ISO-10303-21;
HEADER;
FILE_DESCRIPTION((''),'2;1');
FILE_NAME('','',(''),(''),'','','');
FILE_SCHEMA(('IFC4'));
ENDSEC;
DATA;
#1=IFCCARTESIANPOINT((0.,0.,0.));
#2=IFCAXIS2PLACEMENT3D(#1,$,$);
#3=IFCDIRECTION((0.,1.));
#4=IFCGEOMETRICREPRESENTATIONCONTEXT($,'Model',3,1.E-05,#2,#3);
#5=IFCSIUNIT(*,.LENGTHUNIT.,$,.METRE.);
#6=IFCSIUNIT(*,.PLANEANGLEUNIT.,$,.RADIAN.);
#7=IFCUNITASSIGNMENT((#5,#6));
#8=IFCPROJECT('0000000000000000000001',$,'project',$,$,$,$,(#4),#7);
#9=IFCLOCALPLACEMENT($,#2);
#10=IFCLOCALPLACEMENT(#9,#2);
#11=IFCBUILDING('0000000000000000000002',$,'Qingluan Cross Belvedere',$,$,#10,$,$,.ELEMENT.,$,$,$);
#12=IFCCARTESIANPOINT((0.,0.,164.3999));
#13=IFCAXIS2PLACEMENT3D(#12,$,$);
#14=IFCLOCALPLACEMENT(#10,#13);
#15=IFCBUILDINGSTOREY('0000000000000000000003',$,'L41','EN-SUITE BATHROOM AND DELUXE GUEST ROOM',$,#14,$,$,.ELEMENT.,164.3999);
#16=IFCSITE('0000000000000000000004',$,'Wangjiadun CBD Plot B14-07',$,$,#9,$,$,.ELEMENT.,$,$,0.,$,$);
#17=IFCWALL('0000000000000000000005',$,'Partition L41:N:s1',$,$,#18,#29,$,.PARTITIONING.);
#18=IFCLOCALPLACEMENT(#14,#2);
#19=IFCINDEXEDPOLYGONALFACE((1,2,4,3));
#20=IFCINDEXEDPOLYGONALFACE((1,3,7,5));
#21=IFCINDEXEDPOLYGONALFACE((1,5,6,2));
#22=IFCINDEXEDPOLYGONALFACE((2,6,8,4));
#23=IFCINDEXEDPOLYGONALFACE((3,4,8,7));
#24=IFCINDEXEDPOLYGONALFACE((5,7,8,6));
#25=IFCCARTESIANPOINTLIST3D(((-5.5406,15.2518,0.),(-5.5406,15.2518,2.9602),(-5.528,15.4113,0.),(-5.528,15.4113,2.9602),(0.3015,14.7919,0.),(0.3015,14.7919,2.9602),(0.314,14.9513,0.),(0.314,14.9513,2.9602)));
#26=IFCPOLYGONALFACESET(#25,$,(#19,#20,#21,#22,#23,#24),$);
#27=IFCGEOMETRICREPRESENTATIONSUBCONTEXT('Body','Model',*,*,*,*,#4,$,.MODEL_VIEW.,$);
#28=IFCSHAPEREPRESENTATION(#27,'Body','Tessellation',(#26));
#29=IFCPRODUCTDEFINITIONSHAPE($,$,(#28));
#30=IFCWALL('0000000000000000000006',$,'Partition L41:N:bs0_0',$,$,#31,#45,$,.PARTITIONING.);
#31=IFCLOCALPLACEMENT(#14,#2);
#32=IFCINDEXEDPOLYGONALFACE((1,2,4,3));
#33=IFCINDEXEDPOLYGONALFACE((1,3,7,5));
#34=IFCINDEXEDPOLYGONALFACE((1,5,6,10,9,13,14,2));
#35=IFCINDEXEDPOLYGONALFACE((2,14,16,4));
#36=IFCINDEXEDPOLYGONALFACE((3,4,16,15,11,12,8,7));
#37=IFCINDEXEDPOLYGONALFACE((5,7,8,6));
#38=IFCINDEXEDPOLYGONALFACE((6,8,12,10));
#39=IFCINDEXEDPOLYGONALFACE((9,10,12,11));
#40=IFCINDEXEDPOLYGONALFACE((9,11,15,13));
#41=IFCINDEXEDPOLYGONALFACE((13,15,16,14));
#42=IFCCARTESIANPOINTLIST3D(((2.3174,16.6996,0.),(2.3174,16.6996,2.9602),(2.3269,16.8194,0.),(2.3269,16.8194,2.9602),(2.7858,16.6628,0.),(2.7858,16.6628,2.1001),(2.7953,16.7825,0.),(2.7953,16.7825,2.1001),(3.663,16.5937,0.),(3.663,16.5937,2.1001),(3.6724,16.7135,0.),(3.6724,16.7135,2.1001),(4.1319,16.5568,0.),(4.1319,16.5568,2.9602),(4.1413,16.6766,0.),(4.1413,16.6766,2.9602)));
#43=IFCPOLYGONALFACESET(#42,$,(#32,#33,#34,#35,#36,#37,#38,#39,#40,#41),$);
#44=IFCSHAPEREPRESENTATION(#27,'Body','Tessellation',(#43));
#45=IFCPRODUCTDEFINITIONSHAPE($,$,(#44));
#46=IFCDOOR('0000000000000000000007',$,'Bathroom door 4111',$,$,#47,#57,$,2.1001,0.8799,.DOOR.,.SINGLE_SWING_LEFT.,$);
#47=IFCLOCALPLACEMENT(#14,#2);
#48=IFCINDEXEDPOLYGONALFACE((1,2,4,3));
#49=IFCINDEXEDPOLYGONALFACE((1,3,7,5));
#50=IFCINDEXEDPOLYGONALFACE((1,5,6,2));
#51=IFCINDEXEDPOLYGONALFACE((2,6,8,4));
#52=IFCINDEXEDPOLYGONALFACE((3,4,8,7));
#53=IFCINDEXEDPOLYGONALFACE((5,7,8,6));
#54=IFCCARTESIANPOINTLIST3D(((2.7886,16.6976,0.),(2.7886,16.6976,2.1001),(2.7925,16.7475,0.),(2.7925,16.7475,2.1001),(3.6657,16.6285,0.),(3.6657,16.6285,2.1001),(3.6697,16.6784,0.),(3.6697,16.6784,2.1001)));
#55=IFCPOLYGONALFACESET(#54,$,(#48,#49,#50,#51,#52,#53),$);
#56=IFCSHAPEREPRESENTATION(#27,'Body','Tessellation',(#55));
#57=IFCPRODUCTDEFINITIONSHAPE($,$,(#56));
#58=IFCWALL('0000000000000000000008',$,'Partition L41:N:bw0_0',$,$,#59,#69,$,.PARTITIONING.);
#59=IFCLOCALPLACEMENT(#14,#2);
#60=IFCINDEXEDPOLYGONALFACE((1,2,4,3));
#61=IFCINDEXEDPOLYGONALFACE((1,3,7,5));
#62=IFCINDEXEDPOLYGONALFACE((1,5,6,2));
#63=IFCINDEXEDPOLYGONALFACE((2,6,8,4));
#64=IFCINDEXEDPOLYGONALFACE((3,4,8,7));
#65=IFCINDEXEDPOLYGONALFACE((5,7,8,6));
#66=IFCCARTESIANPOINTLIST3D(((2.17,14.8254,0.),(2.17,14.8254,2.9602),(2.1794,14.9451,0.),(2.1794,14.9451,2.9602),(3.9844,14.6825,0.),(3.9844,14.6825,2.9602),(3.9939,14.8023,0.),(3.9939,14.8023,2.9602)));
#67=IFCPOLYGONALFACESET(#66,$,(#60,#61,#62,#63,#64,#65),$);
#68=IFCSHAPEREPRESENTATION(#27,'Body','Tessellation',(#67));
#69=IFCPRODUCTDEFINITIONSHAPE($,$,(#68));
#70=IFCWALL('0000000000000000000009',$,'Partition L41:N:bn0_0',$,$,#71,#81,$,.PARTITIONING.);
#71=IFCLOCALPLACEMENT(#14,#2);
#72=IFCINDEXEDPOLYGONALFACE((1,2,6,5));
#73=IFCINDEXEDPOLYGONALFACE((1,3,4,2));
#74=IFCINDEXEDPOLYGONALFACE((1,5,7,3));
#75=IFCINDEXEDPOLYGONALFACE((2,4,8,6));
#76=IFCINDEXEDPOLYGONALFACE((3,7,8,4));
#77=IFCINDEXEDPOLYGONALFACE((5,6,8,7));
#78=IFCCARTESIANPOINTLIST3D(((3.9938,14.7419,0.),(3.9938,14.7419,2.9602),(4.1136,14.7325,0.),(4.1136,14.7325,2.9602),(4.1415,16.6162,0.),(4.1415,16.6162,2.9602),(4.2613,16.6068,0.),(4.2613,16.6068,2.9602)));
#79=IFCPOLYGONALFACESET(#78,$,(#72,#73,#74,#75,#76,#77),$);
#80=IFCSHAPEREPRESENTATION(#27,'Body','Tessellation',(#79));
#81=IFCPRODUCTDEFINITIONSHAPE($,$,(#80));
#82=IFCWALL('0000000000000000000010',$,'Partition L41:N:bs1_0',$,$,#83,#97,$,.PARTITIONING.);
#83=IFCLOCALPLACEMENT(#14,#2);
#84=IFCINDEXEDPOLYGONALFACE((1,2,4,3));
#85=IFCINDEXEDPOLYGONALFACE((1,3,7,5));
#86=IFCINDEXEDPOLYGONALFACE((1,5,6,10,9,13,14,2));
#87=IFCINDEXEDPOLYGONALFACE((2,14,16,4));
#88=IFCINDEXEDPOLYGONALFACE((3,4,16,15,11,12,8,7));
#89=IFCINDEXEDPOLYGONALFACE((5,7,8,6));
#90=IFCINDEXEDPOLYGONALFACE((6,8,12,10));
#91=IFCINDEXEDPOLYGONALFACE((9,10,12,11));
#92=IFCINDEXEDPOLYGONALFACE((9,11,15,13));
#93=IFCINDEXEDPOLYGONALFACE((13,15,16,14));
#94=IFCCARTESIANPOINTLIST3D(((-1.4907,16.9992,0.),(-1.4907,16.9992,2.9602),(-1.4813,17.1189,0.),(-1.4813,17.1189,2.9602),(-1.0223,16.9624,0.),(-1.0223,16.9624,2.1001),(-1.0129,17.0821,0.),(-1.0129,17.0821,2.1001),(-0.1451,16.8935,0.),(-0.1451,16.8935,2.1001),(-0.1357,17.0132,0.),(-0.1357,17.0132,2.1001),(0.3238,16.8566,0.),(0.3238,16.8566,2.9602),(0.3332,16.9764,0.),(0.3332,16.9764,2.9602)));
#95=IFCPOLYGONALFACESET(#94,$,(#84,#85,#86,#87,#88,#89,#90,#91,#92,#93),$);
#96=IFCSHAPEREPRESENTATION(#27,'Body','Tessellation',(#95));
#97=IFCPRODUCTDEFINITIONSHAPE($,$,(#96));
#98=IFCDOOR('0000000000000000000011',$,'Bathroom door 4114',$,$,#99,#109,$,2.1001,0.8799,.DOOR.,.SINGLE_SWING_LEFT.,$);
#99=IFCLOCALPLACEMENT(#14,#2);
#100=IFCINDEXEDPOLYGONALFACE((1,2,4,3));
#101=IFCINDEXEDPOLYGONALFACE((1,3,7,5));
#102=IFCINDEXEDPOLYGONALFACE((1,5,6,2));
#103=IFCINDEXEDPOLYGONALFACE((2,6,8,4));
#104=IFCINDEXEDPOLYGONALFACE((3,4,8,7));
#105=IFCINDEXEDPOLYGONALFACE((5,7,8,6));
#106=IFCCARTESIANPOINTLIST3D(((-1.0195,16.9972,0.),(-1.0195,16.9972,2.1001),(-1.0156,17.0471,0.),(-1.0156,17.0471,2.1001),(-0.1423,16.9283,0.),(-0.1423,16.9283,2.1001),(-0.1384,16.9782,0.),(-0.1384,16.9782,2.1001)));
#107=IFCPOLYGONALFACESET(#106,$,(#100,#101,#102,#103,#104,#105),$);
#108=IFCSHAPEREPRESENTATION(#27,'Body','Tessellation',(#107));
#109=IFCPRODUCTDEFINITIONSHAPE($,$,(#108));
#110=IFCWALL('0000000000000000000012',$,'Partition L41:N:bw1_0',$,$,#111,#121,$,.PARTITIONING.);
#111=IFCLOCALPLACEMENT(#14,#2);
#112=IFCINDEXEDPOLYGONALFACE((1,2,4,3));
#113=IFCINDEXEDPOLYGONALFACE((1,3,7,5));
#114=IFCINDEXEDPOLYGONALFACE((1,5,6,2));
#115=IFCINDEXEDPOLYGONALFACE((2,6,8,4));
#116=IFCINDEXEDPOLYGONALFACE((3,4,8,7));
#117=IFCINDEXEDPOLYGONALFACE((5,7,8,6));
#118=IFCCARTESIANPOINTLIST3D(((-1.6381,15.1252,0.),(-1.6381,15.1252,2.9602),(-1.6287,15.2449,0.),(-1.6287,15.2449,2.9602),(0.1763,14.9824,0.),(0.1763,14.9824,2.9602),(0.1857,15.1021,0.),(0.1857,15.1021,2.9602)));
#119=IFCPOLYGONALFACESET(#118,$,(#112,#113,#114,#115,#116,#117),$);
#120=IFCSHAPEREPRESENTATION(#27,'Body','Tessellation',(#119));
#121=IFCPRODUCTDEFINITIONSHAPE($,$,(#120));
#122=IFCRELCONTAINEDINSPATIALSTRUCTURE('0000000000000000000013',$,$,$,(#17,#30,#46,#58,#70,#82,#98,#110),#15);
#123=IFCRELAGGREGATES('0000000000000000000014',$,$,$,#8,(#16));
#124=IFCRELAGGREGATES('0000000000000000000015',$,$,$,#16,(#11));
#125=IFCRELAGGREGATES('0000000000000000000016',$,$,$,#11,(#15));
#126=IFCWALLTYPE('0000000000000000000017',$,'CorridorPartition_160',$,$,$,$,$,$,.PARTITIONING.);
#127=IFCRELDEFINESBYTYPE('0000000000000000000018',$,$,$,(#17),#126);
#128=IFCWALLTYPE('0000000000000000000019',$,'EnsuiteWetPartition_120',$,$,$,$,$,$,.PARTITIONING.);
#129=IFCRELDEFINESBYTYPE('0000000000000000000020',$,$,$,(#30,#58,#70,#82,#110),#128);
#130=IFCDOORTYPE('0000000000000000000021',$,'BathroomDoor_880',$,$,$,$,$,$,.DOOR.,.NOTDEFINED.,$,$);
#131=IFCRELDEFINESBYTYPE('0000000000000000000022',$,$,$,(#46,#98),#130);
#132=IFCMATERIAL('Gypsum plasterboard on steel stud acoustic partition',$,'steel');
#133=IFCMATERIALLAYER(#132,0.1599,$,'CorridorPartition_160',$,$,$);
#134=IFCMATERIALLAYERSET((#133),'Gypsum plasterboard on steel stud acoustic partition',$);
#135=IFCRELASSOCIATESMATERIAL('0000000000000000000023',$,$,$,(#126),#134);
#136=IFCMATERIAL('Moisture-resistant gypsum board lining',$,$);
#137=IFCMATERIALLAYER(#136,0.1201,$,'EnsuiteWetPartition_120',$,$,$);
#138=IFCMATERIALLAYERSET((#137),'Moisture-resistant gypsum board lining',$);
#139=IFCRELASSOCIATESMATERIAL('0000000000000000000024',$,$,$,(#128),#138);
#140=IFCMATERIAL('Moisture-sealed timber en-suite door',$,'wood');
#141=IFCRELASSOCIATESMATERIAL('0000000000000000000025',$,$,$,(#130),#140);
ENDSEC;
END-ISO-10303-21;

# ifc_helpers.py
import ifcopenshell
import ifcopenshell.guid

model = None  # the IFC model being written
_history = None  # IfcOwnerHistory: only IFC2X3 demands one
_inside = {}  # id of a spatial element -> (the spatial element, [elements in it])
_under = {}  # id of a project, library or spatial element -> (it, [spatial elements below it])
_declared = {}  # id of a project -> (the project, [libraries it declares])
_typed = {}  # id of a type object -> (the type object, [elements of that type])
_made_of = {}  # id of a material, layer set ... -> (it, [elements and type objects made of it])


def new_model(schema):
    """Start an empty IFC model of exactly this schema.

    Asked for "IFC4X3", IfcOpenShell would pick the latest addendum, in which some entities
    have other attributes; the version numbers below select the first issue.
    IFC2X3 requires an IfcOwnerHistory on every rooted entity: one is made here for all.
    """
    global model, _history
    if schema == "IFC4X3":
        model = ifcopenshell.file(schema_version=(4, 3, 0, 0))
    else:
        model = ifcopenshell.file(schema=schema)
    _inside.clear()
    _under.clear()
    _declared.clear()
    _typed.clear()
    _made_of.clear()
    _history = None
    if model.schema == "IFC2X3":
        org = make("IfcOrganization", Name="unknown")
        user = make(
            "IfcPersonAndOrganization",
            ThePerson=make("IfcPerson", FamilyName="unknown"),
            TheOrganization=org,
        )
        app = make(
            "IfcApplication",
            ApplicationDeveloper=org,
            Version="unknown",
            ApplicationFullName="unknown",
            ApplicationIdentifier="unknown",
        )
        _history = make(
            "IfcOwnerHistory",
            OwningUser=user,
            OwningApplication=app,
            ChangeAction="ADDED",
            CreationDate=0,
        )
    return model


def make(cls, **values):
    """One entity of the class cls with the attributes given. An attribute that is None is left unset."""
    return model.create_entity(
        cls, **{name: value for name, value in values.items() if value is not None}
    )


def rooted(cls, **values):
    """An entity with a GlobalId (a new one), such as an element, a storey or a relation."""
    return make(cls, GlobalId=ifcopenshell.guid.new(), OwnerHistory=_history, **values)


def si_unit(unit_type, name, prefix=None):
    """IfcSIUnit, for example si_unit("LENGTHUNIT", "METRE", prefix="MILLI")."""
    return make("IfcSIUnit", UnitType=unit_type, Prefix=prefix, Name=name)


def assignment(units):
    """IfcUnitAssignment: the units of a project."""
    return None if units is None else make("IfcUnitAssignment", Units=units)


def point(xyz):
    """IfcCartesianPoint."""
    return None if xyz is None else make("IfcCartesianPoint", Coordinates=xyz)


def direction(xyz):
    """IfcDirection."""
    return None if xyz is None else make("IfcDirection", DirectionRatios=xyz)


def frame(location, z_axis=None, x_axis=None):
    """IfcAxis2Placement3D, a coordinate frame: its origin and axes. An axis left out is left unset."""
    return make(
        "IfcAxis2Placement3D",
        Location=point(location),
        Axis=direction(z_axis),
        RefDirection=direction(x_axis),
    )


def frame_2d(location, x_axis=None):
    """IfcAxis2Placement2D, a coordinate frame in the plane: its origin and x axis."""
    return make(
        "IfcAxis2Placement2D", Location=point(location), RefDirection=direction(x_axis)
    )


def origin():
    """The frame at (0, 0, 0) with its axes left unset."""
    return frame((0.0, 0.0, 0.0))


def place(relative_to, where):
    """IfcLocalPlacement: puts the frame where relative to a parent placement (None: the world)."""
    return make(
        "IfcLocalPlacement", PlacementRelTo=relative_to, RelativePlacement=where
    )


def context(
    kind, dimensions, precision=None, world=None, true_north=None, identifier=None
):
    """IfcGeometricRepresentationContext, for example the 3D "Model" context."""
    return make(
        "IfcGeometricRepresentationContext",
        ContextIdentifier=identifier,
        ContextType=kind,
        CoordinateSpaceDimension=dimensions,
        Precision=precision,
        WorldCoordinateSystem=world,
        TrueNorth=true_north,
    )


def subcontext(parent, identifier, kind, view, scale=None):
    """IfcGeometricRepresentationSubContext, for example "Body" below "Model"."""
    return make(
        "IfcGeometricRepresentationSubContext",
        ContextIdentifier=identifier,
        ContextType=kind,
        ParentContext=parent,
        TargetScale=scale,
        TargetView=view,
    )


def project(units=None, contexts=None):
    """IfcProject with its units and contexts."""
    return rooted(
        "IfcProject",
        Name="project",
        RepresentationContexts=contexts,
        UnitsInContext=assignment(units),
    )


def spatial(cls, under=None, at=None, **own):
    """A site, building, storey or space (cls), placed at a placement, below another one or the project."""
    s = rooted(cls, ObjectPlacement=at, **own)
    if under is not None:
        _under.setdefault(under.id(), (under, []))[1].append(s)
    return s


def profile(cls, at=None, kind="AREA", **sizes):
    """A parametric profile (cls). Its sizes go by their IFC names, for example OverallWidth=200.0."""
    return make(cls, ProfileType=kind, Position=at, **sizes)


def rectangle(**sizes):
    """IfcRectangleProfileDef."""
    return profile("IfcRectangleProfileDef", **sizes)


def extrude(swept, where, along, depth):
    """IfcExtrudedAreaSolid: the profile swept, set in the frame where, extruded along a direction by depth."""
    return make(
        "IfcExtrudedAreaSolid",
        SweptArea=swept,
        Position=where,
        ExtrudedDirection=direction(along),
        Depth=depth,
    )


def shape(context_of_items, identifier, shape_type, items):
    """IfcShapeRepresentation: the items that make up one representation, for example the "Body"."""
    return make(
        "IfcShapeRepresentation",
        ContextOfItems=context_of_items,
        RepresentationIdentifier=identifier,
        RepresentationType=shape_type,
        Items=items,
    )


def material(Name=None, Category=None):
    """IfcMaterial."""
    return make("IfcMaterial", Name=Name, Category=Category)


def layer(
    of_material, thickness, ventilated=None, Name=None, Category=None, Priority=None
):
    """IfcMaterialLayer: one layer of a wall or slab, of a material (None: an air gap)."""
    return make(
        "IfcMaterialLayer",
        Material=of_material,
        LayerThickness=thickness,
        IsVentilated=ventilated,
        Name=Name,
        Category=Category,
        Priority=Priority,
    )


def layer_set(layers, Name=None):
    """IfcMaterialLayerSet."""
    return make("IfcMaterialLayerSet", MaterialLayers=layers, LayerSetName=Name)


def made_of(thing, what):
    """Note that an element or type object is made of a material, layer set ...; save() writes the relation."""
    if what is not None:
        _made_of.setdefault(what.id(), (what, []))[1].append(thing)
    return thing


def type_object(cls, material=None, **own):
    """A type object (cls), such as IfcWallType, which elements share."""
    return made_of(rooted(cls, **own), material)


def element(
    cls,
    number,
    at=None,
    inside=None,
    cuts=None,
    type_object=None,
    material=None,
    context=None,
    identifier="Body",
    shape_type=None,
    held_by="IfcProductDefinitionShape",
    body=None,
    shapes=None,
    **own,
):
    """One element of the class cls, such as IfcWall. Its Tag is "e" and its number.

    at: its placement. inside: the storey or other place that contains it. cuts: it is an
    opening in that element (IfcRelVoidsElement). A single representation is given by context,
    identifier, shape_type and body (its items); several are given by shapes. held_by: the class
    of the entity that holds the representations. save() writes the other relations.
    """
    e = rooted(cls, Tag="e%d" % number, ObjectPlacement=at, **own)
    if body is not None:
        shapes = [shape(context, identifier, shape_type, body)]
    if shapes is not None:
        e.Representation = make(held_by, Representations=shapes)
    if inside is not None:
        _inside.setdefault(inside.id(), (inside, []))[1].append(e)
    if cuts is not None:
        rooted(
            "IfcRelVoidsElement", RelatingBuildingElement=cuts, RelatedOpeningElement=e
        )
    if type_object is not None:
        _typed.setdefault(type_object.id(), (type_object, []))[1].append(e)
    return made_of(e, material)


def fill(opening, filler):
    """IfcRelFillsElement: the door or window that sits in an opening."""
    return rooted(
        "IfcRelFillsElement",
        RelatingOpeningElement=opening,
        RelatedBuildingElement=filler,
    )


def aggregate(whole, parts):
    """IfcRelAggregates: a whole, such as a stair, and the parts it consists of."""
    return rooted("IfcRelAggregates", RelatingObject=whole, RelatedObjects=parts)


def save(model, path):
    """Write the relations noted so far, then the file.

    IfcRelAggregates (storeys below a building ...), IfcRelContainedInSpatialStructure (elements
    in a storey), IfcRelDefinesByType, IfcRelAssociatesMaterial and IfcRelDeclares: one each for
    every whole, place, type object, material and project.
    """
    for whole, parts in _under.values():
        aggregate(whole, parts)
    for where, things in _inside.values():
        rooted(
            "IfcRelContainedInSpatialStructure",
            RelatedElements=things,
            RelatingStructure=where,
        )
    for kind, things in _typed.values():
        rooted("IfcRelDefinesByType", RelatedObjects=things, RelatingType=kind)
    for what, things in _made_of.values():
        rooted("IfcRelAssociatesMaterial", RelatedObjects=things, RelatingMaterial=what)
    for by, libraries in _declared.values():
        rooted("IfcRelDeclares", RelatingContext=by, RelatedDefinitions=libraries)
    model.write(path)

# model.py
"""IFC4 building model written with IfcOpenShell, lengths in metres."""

from ifc_helpers import new_model, si_unit, direction, frame, frame_2d, origin, place, context, subcontext, project, spatial, rectangle, extrude, material, layer, layer_set, type_object, element, fill, save


model = new_model("IFC4")

# Units and contexts
model_context = context("Model", 3, precision=1e-05, world=origin(), true_north=direction((0.0, 1.0)))
body_context = subcontext(model_context, "Body", "Model", "MODEL_VIEW")
ifc_project = project(units=[si_unit("LENGTHUNIT", "METRE"), si_unit("PLANEANGLEUNIT", "RADIAN")], contexts=[model_context])

# Site, building, storey
site_placement = place(None, origin())
site = spatial("IfcSite", under=ifc_project, at=site_placement, Name="Wangjiadun CBD Plot B14-07", CompositionType="ELEMENT", RefElevation=0.0)
building_placement = place(site_placement, origin())
building = spatial("IfcBuilding", under=site, at=building_placement, Name="Qingluan Cross Belvedere", CompositionType="ELEMENT")
storey_placement = place(building_placement, frame((0.0, 0.0, 164.3999)))
storey = spatial("IfcBuildingStorey", under=building, at=storey_placement, Name="L41", Description="EN-SUITE BATHROOM AND DELUXE GUEST ROOM", CompositionType="ELEMENT", Elevation=164.3999)

# Shared definitions
ifc_material_1 = material(Name="Gypsum plasterboard on steel stud acoustic partition", Category="steel")
ifc_layer_1 = layer(ifc_material_1, 0.1599, Name="CorridorPartition_160")
ifc_layer_set_1 = layer_set([ifc_layer_1], Name="Gypsum plasterboard on steel stud acoustic partition")
wall_type_1 = type_object("IfcWallType", Name="CorridorPartition_160", PredefinedType="PARTITIONING", material=ifc_layer_set_1)

# Wall
wall_1_placement = place(storey_placement, frame((0.3079, 14.8716, 0.0), z_axis=(0.0, 0.0, 1.0), x_axis=(-0.996915, 0.07849, 0.0)))
element("IfcWall", 1, at=wall_1_placement, inside=storey, type_object=wall_type_1, Name="Partition L41:N:s1", PredefinedType="PARTITIONING", context=body_context, shape_type="SweptSolid", body=[
    extrude(rectangle(XDim=5.8601, YDim=0.1599, at=frame_2d((2.9302, 0.0))), origin(), (0.0, 0.0, 1.0), 2.9602),
])

# Wall, opening, door
ifc_material_2 = material(Name="Moisture-resistant gypsum board lining")
ifc_layer_2 = layer(ifc_material_2, 0.1201, Name="EnsuiteWetPartition_120")
ifc_layer_set_2 = layer_set([ifc_layer_2], Name="Moisture-resistant gypsum board lining")
wall_type_2 = type_object("IfcWallType", Name="EnsuiteWetPartition_120", PredefinedType="PARTITIONING", material=ifc_layer_set_2)
wall_2_placement = place(storey_placement, frame((2.322, 16.7595, 0.0), z_axis=(0.0, 0.0, 1.0), x_axis=(0.996916, -0.078471, 0.0)))
wall_2 = element("IfcWall", 2, at=wall_2_placement, inside=storey, type_object=wall_type_2, Name="Partition L41:N:bs0_0", PredefinedType="PARTITIONING", context=body_context, shape_type="SweptSolid", body=[
    extrude(rectangle(XDim=1.8201, YDim=0.1201, at=frame_2d((0.9102, 0.0))), origin(), (0.0, 0.0, 1.0), 2.9602),
])
opening_1_placement = place(wall_2_placement, frame((0.47, 0.0, 0.0)))
opening_1 = element("IfcOpeningElement", 3, at=opening_1_placement, cuts=wall_2, PredefinedType="OPENING", context=body_context, shape_type="SweptSolid", body=[
    extrude(rectangle(XDim=0.8799, YDim=2.1001, at=frame_2d((0.4399, 1.05))), frame((0.0, 0.0701, 0.0), z_axis=(0.0, -1.0, 0.0), x_axis=(1.0, 0.0, 0.0)), (0.0, 0.0, 1.0), 0.1401),
])
ifc_material_3 = material(Name="Moisture-sealed timber en-suite door", Category="wood")
door_type_1 = type_object("IfcDoorType", Name="BathroomDoor_880", OperationType="NOTDEFINED", PredefinedType="DOOR", material=ifc_material_3)
door_1_placement = place(opening_1_placement, origin())
door_1 = element("IfcDoor", 4, at=door_1_placement, inside=storey, type_object=door_type_1, Name="Bathroom door 4111", OperationType="SINGLE_SWING_LEFT", OverallHeight=2.1001, OverallWidth=0.8799, PredefinedType="DOOR", context=body_context, shape_type="SweptSolid", body=[
    extrude(rectangle(XDim=0.8799, YDim=2.1001, at=frame_2d((0.4399, 1.05))), frame((0.0, 0.0249, 0.0), z_axis=(0.0, -1.0, 0.0), x_axis=(1.0, 0.0, 0.0)), (0.0, 0.0, 1.0), 0.05),
])
fill(opening_1, door_1)

# Walls
wall_3_placement = place(storey_placement, frame((2.1746, 14.8853, 0.0), z_axis=(0.0, 0.0, 1.0), x_axis=(0.996916, -0.078471, 0.0)))
element("IfcWall", 5, at=wall_3_placement, inside=storey, type_object=wall_type_2, Name="Partition L41:N:bw0_0", PredefinedType="PARTITIONING", context=body_context, shape_type="SweptSolid", body=[
    extrude(rectangle(XDim=1.8201, YDim=0.1201, at=frame_2d((0.9102, 0.0))), origin(), (0.0, 0.0, 1.0), 2.9602),
])
wall_4_placement = place(storey_placement, frame((4.0537, 14.7373, 0.0), z_axis=(0.0, 0.0, 1.0), x_axis=(0.078563, 0.996909, 0.0)))
element("IfcWall", 6, at=wall_4_placement, inside=storey, type_object=wall_type_2, Name="Partition L41:N:bn0_0", PredefinedType="PARTITIONING", context=body_context, shape_type="SweptSolid", body=[
    extrude(rectangle(XDim=1.8801, YDim=0.1201, at=frame_2d((0.9399, 0.0))), origin(), (0.0, 0.0, 1.0), 2.9602),
])

# Wall, opening, door
wall_5_placement = place(storey_placement, frame((-1.4861, 17.0591, 0.0), z_axis=(0.0, 0.0, 1.0), x_axis=(0.996927, -0.078338, 0.0)))
wall_5 = element("IfcWall", 7, at=wall_5_placement, inside=storey, type_object=wall_type_2, Name="Partition L41:N:bs1_0", PredefinedType="PARTITIONING", context=body_context, shape_type="SweptSolid", body=[
    extrude(rectangle(XDim=1.8201, YDim=0.1201, at=frame_2d((0.9102, 0.0))), origin(), (0.0, 0.0, 1.0), 2.9602),
])
opening_2_placement = place(wall_5_placement, frame((0.47, 0.0, 0.0)))
opening_2 = element("IfcOpeningElement", 8, at=opening_2_placement, cuts=wall_5, PredefinedType="OPENING", context=body_context, shape_type="SweptSolid", body=[
    extrude(rectangle(XDim=0.8799, YDim=2.1001, at=frame_2d((0.4399, 1.05))), frame((0.0, 0.0701, 0.0), z_axis=(0.0, -1.0, 0.0), x_axis=(1.0, 0.0, 0.0)), (0.0, 0.0, 1.0), 0.1401),
])
door_2_placement = place(opening_2_placement, origin())
door_2 = element("IfcDoor", 9, at=door_2_placement, inside=storey, type_object=door_type_1, Name="Bathroom door 4114", OperationType="SINGLE_SWING_LEFT", OverallHeight=2.1001, OverallWidth=0.8799, PredefinedType="DOOR", context=body_context, shape_type="SweptSolid", body=[
    extrude(rectangle(XDim=0.8799, YDim=2.1001, at=frame_2d((0.4399, 1.05))), frame((0.0, 0.0249, 0.0), z_axis=(0.0, -1.0, 0.0), x_axis=(1.0, 0.0, 0.0)), (0.0, 0.0, 1.0), 0.05),
])
fill(opening_2, door_2)

# Wall
wall_6_placement = place(storey_placement, frame((-1.6335, 15.1851, 0.0), z_axis=(0.0, 0.0, 1.0), x_axis=(0.996916, -0.078471, 0.0)))
element("IfcWall", 10, at=wall_6_placement, inside=storey, type_object=wall_type_2, Name="Partition L41:N:bw1_0", PredefinedType="PARTITIONING", context=body_context, shape_type="SweptSolid", body=[
    extrude(rectangle(XDim=1.8201, YDim=0.1201, at=frame_2d((0.9102, 0.0))), origin(), (0.0, 0.0, 1.0), 2.9602),
])

save(model, "model.ifc")
